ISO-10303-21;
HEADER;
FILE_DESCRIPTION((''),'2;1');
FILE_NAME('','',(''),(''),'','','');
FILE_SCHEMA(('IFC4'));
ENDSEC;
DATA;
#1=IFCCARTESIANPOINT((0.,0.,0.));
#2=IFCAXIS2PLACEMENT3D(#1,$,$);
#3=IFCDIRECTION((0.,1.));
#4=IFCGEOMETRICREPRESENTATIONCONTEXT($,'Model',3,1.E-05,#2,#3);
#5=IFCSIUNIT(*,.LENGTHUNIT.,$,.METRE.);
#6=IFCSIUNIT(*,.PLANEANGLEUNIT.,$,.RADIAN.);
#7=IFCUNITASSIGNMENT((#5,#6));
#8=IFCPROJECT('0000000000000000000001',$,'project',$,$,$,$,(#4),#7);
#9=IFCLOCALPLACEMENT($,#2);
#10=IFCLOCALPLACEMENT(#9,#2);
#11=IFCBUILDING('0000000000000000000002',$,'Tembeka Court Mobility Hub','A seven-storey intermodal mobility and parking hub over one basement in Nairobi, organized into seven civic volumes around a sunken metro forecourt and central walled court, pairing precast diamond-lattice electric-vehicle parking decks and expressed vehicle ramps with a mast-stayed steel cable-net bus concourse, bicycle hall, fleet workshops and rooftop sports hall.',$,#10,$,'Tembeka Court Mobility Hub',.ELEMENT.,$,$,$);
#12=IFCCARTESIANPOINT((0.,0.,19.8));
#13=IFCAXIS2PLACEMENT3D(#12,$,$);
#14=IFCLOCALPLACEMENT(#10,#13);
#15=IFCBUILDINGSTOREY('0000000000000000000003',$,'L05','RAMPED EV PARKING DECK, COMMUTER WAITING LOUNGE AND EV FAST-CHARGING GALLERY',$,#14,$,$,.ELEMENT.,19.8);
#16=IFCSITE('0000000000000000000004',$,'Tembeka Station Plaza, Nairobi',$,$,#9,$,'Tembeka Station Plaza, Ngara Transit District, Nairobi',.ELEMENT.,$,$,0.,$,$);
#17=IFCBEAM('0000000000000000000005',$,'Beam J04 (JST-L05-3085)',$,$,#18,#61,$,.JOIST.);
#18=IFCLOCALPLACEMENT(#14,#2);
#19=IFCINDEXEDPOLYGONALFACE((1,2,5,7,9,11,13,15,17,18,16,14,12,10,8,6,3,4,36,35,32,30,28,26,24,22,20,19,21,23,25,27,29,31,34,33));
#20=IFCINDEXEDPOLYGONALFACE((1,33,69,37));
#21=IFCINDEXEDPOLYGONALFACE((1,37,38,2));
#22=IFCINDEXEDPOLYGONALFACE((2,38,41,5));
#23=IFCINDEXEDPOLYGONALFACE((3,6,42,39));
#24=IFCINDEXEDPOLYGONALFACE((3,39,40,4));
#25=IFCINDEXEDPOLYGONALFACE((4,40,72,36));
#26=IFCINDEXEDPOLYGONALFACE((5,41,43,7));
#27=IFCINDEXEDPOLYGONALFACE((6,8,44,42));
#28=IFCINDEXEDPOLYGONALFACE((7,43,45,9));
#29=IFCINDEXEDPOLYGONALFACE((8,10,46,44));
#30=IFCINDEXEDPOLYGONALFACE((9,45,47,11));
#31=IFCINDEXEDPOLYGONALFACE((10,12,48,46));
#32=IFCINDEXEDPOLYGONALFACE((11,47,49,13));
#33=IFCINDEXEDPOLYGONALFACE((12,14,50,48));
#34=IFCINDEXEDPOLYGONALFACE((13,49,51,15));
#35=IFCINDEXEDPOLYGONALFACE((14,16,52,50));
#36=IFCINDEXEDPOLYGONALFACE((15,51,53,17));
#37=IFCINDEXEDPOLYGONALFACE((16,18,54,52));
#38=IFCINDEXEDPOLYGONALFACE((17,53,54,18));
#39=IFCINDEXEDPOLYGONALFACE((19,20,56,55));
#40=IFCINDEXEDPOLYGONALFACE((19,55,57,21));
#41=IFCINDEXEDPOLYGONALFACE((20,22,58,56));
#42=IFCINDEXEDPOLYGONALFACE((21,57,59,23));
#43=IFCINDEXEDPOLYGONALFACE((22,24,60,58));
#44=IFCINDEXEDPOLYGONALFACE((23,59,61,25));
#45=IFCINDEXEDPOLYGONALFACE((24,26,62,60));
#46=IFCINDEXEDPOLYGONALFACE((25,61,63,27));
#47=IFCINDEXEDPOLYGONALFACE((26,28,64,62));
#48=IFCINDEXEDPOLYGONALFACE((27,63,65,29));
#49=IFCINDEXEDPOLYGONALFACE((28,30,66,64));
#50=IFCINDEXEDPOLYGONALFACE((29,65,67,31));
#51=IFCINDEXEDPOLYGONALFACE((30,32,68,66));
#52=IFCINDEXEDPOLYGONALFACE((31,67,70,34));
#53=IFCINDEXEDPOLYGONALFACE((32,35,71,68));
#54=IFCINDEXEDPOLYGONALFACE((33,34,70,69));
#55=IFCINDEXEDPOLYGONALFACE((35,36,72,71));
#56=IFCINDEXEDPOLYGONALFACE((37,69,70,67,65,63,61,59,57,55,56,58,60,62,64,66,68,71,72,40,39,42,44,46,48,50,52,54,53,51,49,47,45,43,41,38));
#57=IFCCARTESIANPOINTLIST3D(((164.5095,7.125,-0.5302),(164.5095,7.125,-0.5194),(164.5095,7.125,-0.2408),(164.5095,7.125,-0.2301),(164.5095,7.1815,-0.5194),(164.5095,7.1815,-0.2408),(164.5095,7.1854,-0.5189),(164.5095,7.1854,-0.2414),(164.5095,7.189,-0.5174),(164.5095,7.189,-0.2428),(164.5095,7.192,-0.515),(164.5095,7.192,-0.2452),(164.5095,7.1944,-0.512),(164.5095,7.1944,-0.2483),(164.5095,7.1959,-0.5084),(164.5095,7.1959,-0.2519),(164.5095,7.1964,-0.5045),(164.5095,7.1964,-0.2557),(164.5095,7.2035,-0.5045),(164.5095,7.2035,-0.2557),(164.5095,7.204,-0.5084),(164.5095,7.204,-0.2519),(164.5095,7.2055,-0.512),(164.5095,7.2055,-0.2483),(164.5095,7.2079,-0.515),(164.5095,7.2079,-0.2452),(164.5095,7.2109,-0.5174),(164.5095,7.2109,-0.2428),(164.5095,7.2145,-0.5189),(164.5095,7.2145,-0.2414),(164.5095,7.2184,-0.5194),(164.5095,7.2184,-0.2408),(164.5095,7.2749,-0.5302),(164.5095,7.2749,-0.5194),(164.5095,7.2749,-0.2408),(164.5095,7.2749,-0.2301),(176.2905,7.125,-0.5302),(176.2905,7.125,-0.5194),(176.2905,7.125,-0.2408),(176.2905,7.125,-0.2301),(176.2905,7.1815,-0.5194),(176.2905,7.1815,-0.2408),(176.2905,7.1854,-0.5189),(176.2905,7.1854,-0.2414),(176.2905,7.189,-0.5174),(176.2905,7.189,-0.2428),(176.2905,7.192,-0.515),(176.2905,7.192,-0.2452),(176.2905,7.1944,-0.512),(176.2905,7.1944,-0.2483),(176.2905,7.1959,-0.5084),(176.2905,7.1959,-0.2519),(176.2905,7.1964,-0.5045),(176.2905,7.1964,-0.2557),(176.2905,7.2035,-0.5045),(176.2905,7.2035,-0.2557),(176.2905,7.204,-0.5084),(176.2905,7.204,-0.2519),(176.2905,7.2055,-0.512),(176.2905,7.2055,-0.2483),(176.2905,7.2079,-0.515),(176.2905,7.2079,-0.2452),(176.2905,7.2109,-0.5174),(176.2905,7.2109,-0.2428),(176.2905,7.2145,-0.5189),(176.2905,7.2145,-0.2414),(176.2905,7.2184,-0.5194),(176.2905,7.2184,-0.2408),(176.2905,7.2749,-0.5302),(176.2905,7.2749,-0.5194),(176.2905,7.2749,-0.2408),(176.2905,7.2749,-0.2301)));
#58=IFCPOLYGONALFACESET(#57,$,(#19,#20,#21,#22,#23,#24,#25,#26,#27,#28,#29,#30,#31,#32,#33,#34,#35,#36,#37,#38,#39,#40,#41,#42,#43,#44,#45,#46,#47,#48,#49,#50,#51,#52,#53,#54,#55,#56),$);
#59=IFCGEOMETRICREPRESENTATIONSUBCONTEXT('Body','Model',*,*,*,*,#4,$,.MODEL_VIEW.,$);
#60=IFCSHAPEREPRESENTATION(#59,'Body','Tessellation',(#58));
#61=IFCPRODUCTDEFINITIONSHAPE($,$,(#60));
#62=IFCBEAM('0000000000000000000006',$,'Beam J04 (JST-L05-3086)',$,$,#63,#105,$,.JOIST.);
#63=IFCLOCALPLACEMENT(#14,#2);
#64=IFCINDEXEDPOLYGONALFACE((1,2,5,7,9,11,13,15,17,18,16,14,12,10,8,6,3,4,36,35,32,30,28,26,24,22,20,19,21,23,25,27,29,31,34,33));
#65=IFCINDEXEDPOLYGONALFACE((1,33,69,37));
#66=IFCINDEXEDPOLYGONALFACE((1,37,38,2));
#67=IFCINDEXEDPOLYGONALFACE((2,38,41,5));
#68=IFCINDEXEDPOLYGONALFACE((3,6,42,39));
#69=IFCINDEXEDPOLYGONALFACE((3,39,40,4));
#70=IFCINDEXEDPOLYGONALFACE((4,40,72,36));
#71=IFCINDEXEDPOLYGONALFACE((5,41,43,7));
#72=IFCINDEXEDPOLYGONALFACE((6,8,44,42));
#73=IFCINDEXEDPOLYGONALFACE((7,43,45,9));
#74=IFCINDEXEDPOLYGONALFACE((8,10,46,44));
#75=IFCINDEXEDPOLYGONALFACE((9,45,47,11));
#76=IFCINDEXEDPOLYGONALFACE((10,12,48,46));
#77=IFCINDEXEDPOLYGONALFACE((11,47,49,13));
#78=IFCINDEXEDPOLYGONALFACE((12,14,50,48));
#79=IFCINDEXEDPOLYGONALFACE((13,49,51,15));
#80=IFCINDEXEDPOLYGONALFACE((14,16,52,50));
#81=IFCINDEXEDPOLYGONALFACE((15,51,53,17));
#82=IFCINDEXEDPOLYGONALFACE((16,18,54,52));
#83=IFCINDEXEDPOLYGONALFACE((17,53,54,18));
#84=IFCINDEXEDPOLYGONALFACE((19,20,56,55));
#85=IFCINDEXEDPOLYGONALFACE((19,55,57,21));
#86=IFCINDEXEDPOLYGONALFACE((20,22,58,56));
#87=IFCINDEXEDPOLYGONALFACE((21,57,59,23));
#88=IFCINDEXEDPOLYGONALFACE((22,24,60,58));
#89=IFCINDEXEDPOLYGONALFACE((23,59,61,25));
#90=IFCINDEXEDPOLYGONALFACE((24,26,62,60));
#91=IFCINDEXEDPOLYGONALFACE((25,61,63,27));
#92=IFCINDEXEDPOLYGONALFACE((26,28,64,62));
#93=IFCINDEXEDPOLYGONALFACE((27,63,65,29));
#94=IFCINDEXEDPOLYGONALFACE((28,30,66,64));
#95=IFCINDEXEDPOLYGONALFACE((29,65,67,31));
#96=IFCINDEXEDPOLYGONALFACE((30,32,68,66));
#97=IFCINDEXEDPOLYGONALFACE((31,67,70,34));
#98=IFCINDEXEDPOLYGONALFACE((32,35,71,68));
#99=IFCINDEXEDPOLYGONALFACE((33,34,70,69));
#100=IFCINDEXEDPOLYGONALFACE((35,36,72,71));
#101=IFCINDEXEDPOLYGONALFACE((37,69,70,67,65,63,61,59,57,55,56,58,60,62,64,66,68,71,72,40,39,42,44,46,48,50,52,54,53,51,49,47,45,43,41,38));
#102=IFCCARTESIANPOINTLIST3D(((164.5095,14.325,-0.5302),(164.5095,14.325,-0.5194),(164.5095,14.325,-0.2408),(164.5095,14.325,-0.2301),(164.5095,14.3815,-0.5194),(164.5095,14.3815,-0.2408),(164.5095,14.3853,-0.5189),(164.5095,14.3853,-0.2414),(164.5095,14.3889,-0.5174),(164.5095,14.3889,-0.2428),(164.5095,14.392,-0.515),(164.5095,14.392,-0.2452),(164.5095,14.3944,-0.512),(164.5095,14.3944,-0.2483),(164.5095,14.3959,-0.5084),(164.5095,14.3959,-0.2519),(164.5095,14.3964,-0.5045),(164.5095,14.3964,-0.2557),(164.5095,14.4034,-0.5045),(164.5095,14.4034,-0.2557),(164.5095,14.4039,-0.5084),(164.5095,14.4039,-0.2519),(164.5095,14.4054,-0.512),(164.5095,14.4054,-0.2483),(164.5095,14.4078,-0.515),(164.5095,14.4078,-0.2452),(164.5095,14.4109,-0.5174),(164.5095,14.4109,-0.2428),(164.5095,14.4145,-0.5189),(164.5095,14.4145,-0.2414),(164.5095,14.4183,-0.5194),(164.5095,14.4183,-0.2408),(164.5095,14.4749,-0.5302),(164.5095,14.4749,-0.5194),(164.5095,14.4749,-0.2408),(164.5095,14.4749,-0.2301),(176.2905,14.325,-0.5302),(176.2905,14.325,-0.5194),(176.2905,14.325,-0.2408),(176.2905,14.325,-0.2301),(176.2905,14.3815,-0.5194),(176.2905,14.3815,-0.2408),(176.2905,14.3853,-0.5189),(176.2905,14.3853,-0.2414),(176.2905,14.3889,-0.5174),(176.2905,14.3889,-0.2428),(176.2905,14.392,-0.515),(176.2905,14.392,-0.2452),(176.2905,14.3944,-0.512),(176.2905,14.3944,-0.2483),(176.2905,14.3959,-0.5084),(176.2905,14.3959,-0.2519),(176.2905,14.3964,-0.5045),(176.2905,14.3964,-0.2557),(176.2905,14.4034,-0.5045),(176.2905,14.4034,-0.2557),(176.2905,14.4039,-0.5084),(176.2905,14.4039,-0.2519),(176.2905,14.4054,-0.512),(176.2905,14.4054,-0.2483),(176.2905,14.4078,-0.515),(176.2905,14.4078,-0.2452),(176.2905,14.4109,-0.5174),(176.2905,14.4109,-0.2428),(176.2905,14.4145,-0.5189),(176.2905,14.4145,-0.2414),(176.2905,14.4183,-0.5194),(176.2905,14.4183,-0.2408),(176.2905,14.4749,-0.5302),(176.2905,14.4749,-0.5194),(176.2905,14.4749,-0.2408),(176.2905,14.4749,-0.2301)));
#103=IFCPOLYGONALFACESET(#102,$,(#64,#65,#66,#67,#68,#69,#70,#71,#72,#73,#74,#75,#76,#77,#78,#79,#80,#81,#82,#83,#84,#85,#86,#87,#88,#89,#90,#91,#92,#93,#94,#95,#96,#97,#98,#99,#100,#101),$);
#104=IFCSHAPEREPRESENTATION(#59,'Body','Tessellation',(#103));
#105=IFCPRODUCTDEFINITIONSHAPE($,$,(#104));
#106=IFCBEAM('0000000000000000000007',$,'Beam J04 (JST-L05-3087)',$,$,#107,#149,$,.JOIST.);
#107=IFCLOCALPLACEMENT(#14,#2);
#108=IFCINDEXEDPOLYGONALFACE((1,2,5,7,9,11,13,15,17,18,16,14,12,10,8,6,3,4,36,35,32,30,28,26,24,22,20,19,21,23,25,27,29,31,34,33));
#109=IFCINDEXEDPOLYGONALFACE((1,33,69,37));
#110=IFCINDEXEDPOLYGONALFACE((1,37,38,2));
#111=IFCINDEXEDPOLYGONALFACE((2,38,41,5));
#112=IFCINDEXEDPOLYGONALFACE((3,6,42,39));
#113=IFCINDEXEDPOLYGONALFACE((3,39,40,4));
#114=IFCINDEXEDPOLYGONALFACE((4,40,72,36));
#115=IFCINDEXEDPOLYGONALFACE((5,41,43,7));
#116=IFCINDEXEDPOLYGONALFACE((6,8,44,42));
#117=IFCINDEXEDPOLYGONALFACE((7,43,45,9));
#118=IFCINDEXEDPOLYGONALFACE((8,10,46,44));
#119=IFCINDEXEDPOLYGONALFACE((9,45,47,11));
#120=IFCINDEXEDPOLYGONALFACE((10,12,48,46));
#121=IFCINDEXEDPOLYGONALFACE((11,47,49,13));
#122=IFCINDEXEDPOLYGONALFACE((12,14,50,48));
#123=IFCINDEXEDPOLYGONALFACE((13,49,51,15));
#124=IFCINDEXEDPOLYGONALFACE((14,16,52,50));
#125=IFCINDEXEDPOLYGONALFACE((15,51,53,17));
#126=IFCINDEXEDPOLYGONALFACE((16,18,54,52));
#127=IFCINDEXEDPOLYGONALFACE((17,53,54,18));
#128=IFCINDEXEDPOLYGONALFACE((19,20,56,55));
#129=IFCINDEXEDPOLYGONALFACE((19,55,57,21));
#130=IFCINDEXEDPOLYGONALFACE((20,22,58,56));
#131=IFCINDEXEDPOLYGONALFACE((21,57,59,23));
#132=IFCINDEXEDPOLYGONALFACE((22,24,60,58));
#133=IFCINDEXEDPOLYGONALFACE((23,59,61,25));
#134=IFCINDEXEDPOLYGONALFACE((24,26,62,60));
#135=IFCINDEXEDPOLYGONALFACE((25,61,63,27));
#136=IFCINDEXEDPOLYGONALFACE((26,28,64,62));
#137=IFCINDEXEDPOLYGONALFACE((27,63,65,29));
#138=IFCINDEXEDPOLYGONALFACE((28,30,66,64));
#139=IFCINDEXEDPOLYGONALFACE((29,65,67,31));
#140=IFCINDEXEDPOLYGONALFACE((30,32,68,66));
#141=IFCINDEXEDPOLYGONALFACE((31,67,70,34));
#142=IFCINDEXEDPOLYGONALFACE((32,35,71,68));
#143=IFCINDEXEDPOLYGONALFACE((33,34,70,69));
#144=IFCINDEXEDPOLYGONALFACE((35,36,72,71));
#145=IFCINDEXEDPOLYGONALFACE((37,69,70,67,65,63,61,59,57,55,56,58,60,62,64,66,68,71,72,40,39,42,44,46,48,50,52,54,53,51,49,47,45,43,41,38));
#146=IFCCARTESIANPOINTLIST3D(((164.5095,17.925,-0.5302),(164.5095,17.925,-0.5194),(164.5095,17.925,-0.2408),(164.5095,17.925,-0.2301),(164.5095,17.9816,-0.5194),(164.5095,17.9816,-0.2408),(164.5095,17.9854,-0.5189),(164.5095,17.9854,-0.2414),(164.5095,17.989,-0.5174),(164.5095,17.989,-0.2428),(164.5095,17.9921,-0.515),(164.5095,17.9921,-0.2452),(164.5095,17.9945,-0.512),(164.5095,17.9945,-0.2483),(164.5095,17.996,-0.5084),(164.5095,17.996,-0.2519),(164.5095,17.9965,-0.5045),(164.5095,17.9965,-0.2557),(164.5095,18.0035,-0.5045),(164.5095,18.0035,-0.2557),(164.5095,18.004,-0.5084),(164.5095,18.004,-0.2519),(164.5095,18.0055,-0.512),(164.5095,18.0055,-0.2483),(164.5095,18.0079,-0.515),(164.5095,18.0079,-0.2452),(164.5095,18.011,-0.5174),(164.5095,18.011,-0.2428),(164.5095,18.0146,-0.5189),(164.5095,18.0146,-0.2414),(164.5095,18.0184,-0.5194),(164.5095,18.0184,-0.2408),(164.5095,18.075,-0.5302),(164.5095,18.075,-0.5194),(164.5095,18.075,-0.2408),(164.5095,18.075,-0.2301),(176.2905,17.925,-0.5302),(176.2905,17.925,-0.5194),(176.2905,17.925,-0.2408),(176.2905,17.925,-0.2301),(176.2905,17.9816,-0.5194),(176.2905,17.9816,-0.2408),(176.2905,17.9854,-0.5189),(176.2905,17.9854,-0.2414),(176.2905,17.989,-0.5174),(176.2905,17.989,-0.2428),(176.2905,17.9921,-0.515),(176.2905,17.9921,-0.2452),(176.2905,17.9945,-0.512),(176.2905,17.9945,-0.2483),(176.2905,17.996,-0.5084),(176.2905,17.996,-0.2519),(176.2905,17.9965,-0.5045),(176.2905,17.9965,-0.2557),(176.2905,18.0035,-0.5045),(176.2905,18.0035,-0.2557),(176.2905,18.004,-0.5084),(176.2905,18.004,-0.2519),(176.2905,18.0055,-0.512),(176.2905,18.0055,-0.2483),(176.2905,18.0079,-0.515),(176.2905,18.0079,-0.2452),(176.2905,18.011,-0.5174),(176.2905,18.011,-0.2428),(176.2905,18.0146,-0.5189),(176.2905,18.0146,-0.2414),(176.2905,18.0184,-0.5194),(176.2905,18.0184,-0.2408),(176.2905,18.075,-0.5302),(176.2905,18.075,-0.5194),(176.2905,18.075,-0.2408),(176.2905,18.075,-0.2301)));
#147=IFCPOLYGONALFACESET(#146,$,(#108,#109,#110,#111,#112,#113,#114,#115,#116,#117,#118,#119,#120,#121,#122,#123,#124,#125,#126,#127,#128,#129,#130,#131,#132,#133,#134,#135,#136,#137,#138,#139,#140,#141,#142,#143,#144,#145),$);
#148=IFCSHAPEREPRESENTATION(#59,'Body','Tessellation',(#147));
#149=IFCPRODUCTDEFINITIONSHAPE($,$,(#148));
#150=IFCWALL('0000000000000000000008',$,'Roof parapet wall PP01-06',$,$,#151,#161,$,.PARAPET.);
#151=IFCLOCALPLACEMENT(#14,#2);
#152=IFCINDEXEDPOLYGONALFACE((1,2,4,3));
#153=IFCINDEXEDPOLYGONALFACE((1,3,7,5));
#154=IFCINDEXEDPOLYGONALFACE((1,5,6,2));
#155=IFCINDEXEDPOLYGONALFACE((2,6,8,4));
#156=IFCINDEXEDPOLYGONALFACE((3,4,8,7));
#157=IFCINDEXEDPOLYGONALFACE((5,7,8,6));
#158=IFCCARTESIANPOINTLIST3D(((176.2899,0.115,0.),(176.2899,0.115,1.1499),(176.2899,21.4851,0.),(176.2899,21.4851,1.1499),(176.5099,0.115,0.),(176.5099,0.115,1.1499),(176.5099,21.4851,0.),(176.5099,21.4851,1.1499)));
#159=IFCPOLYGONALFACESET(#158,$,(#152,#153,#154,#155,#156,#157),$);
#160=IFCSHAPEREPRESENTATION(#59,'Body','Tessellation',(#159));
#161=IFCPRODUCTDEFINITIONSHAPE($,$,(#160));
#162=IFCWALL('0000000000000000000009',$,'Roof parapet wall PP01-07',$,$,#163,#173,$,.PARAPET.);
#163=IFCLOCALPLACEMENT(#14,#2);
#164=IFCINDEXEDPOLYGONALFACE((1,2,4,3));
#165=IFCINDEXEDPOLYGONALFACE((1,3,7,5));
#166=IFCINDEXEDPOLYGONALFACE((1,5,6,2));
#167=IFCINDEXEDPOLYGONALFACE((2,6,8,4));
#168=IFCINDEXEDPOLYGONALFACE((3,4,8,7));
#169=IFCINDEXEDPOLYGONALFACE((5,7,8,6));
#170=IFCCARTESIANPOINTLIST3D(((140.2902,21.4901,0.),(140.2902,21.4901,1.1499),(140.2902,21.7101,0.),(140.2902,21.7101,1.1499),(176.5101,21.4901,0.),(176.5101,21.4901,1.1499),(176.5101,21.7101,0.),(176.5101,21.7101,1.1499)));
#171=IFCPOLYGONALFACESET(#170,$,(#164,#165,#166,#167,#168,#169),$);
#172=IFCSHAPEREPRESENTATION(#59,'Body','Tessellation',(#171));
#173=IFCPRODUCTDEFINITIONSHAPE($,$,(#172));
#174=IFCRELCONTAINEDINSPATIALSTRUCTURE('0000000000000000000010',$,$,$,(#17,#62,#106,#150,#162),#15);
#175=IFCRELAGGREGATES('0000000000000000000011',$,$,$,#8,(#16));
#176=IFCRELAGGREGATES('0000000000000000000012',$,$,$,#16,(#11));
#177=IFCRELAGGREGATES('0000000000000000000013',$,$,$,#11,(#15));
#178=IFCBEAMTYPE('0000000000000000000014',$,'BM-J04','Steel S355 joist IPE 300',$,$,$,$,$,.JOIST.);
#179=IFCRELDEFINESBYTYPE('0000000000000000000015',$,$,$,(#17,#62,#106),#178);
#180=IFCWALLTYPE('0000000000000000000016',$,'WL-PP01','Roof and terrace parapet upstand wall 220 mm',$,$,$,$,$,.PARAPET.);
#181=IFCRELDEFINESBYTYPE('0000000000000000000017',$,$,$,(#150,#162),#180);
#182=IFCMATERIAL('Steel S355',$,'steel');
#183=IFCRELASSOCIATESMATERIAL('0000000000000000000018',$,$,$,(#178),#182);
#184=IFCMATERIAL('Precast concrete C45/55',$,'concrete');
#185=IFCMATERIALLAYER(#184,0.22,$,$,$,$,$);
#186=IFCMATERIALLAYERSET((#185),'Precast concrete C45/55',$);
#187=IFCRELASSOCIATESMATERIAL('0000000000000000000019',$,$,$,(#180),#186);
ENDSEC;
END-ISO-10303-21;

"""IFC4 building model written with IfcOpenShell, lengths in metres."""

from ifc_helpers import new_model, si_unit, direction, frame, frame_2d, origin, origin_2d, place, context, subcontext, project, spatial, rectangle, i_section, extrude, material, layer, layer_set, material_profile, profile_set, type_object, element, save


model = new_model("IFC4")

# Units and contexts
model_context = context("Model", 3, precision=1e-05, world=origin(), true_north=direction((0.0, 1.0)))
body_context = subcontext(model_context, "Body", "Model", "MODEL_VIEW")
ifc_project = project(units=[si_unit("LENGTHUNIT", "METRE"), si_unit("PLANEANGLEUNIT", "RADIAN")], contexts=[model_context])

# Site, building, storey
site_placement = place(None, origin())
site = spatial("IfcSite", under=ifc_project, at=site_placement, Name="Tembeka Station Plaza, Nairobi", LongName="Tembeka Station Plaza, Ngara Transit District, Nairobi", CompositionType="ELEMENT", RefElevation=0.0)
building_placement = place(site_placement, origin())
building = spatial("IfcBuilding", under=site, at=building_placement, Name="Tembeka Court Mobility Hub", Description="A seven-storey intermodal mobility and parking hub over one basement in Nairobi, organized into seven civic volumes around a sunken metro forecourt and central walled court, pairing precast diamond-lattice electric-vehicle parking decks and expressed vehicle ramps with a mast-stayed steel cable-net bus concourse, bicycle hall, fleet workshops and rooftop sports hall.", LongName="Tembeka Court Mobility Hub", CompositionType="ELEMENT")
storey_placement = place(building_placement, frame((0.0, 0.0, 19.8)))
storey = spatial("IfcBuildingStorey", under=building, at=storey_placement, Name="L05", Description="RAMPED EV PARKING DECK, COMMUTER WAITING LOUNGE AND EV FAST-CHARGING GALLERY", CompositionType="ELEMENT", Elevation=19.8)

# Beams
ifc_material_1 = material(Name="Steel S355", Category="steel")
ifc_material_profile_1 = material_profile(ifc_material_1, i_section(OverallWidth=0.1499, OverallDepth=0.3, WebThickness=0.0071, FlangeThickness=0.0107, FilletRadius=0.0149, at=origin_2d()), Name="IPE 300")
ifc_profile_set_1 = profile_set([ifc_material_profile_1], Name="Steel S355")
beam_type_1 = type_object("IfcBeamType", Name="BM-J04", Description="Steel S355 joist IPE 300", PredefinedType="JOIST", material=ifc_profile_set_1)
for number, where, z_axis, x_axis, name in (
    (1, (164.5095, 7.2, -0.3801), (1.0, 0.0, 0.0), (0.0, 1.0, 0.0), "Beam J04 (JST-L05-3085)"),
    (2, (164.5095, 14.3999, -0.3801), (1.0, 0.0, 0.0), (0.0, 1.0, 0.0), "Beam J04 (JST-L05-3086)"),
    (3, (164.5095, 18.0, -0.3801), (1.0, 0.0, 0.0), (0.0, 1.0, 0.0), "Beam J04 (JST-L05-3087)"),
):
    element("IfcBeam", number, at=place(storey_placement, frame(where, z_axis=z_axis, x_axis=x_axis)), inside=storey, type_object=beam_type_1, Name=name, PredefinedType="JOIST", context=body_context, shape_type="SweptSolid", body=[
        extrude(i_section(OverallWidth=0.1499, OverallDepth=0.3, WebThickness=0.0071, FlangeThickness=0.0107, FilletRadius=0.0149, at=origin_2d()), origin(), (0.0, 0.0, 1.0), 11.781),
    ])

# Walls
ifc_material_2 = material(Name="Precast concrete C45/55", Category="concrete")
ifc_layer = layer(ifc_material_2, 0.22)
ifc_layer_set = layer_set([ifc_layer], Name="Precast concrete C45/55")
wall_type = type_object("IfcWallType", Name="WL-PP01", Description="Roof and terrace parapet upstand wall 220 mm", PredefinedType="PARAPET", material=ifc_layer_set)
wall_1_placement = place(storey_placement, frame((176.3999, 0.115, 0.0), z_axis=(0.0, 0.0, 1.0), x_axis=(0.0, 1.0, 0.0)))
element("IfcWall", 4, at=wall_1_placement, inside=storey, type_object=wall_type, Name="Roof parapet wall PP01-06", PredefinedType="PARAPET", context=body_context, shape_type="SweptSolid", body=[
    extrude(rectangle(XDim=21.3701, YDim=0.22, at=frame_2d((10.6851, 0.0))), origin(), (0.0, 0.0, 1.0), 1.1499),
])
wall_2_placement = place(storey_placement, frame((176.51, 21.6001, 0.0), z_axis=(0.0, 0.0, 1.0), x_axis=(-1.0, 0.0, 0.0)))
element("IfcWall", 5, at=wall_2_placement, inside=storey, type_object=wall_type, Name="Roof parapet wall PP01-07", PredefinedType="PARAPET", context=body_context, shape_type="SweptSolid", body=[
    extrude(rectangle(XDim=36.22, YDim=0.22, at=frame_2d((18.1099, 0.0))), origin(), (0.0, 0.0, 1.0), 1.1499),
])

save(model, "model.ifc")
